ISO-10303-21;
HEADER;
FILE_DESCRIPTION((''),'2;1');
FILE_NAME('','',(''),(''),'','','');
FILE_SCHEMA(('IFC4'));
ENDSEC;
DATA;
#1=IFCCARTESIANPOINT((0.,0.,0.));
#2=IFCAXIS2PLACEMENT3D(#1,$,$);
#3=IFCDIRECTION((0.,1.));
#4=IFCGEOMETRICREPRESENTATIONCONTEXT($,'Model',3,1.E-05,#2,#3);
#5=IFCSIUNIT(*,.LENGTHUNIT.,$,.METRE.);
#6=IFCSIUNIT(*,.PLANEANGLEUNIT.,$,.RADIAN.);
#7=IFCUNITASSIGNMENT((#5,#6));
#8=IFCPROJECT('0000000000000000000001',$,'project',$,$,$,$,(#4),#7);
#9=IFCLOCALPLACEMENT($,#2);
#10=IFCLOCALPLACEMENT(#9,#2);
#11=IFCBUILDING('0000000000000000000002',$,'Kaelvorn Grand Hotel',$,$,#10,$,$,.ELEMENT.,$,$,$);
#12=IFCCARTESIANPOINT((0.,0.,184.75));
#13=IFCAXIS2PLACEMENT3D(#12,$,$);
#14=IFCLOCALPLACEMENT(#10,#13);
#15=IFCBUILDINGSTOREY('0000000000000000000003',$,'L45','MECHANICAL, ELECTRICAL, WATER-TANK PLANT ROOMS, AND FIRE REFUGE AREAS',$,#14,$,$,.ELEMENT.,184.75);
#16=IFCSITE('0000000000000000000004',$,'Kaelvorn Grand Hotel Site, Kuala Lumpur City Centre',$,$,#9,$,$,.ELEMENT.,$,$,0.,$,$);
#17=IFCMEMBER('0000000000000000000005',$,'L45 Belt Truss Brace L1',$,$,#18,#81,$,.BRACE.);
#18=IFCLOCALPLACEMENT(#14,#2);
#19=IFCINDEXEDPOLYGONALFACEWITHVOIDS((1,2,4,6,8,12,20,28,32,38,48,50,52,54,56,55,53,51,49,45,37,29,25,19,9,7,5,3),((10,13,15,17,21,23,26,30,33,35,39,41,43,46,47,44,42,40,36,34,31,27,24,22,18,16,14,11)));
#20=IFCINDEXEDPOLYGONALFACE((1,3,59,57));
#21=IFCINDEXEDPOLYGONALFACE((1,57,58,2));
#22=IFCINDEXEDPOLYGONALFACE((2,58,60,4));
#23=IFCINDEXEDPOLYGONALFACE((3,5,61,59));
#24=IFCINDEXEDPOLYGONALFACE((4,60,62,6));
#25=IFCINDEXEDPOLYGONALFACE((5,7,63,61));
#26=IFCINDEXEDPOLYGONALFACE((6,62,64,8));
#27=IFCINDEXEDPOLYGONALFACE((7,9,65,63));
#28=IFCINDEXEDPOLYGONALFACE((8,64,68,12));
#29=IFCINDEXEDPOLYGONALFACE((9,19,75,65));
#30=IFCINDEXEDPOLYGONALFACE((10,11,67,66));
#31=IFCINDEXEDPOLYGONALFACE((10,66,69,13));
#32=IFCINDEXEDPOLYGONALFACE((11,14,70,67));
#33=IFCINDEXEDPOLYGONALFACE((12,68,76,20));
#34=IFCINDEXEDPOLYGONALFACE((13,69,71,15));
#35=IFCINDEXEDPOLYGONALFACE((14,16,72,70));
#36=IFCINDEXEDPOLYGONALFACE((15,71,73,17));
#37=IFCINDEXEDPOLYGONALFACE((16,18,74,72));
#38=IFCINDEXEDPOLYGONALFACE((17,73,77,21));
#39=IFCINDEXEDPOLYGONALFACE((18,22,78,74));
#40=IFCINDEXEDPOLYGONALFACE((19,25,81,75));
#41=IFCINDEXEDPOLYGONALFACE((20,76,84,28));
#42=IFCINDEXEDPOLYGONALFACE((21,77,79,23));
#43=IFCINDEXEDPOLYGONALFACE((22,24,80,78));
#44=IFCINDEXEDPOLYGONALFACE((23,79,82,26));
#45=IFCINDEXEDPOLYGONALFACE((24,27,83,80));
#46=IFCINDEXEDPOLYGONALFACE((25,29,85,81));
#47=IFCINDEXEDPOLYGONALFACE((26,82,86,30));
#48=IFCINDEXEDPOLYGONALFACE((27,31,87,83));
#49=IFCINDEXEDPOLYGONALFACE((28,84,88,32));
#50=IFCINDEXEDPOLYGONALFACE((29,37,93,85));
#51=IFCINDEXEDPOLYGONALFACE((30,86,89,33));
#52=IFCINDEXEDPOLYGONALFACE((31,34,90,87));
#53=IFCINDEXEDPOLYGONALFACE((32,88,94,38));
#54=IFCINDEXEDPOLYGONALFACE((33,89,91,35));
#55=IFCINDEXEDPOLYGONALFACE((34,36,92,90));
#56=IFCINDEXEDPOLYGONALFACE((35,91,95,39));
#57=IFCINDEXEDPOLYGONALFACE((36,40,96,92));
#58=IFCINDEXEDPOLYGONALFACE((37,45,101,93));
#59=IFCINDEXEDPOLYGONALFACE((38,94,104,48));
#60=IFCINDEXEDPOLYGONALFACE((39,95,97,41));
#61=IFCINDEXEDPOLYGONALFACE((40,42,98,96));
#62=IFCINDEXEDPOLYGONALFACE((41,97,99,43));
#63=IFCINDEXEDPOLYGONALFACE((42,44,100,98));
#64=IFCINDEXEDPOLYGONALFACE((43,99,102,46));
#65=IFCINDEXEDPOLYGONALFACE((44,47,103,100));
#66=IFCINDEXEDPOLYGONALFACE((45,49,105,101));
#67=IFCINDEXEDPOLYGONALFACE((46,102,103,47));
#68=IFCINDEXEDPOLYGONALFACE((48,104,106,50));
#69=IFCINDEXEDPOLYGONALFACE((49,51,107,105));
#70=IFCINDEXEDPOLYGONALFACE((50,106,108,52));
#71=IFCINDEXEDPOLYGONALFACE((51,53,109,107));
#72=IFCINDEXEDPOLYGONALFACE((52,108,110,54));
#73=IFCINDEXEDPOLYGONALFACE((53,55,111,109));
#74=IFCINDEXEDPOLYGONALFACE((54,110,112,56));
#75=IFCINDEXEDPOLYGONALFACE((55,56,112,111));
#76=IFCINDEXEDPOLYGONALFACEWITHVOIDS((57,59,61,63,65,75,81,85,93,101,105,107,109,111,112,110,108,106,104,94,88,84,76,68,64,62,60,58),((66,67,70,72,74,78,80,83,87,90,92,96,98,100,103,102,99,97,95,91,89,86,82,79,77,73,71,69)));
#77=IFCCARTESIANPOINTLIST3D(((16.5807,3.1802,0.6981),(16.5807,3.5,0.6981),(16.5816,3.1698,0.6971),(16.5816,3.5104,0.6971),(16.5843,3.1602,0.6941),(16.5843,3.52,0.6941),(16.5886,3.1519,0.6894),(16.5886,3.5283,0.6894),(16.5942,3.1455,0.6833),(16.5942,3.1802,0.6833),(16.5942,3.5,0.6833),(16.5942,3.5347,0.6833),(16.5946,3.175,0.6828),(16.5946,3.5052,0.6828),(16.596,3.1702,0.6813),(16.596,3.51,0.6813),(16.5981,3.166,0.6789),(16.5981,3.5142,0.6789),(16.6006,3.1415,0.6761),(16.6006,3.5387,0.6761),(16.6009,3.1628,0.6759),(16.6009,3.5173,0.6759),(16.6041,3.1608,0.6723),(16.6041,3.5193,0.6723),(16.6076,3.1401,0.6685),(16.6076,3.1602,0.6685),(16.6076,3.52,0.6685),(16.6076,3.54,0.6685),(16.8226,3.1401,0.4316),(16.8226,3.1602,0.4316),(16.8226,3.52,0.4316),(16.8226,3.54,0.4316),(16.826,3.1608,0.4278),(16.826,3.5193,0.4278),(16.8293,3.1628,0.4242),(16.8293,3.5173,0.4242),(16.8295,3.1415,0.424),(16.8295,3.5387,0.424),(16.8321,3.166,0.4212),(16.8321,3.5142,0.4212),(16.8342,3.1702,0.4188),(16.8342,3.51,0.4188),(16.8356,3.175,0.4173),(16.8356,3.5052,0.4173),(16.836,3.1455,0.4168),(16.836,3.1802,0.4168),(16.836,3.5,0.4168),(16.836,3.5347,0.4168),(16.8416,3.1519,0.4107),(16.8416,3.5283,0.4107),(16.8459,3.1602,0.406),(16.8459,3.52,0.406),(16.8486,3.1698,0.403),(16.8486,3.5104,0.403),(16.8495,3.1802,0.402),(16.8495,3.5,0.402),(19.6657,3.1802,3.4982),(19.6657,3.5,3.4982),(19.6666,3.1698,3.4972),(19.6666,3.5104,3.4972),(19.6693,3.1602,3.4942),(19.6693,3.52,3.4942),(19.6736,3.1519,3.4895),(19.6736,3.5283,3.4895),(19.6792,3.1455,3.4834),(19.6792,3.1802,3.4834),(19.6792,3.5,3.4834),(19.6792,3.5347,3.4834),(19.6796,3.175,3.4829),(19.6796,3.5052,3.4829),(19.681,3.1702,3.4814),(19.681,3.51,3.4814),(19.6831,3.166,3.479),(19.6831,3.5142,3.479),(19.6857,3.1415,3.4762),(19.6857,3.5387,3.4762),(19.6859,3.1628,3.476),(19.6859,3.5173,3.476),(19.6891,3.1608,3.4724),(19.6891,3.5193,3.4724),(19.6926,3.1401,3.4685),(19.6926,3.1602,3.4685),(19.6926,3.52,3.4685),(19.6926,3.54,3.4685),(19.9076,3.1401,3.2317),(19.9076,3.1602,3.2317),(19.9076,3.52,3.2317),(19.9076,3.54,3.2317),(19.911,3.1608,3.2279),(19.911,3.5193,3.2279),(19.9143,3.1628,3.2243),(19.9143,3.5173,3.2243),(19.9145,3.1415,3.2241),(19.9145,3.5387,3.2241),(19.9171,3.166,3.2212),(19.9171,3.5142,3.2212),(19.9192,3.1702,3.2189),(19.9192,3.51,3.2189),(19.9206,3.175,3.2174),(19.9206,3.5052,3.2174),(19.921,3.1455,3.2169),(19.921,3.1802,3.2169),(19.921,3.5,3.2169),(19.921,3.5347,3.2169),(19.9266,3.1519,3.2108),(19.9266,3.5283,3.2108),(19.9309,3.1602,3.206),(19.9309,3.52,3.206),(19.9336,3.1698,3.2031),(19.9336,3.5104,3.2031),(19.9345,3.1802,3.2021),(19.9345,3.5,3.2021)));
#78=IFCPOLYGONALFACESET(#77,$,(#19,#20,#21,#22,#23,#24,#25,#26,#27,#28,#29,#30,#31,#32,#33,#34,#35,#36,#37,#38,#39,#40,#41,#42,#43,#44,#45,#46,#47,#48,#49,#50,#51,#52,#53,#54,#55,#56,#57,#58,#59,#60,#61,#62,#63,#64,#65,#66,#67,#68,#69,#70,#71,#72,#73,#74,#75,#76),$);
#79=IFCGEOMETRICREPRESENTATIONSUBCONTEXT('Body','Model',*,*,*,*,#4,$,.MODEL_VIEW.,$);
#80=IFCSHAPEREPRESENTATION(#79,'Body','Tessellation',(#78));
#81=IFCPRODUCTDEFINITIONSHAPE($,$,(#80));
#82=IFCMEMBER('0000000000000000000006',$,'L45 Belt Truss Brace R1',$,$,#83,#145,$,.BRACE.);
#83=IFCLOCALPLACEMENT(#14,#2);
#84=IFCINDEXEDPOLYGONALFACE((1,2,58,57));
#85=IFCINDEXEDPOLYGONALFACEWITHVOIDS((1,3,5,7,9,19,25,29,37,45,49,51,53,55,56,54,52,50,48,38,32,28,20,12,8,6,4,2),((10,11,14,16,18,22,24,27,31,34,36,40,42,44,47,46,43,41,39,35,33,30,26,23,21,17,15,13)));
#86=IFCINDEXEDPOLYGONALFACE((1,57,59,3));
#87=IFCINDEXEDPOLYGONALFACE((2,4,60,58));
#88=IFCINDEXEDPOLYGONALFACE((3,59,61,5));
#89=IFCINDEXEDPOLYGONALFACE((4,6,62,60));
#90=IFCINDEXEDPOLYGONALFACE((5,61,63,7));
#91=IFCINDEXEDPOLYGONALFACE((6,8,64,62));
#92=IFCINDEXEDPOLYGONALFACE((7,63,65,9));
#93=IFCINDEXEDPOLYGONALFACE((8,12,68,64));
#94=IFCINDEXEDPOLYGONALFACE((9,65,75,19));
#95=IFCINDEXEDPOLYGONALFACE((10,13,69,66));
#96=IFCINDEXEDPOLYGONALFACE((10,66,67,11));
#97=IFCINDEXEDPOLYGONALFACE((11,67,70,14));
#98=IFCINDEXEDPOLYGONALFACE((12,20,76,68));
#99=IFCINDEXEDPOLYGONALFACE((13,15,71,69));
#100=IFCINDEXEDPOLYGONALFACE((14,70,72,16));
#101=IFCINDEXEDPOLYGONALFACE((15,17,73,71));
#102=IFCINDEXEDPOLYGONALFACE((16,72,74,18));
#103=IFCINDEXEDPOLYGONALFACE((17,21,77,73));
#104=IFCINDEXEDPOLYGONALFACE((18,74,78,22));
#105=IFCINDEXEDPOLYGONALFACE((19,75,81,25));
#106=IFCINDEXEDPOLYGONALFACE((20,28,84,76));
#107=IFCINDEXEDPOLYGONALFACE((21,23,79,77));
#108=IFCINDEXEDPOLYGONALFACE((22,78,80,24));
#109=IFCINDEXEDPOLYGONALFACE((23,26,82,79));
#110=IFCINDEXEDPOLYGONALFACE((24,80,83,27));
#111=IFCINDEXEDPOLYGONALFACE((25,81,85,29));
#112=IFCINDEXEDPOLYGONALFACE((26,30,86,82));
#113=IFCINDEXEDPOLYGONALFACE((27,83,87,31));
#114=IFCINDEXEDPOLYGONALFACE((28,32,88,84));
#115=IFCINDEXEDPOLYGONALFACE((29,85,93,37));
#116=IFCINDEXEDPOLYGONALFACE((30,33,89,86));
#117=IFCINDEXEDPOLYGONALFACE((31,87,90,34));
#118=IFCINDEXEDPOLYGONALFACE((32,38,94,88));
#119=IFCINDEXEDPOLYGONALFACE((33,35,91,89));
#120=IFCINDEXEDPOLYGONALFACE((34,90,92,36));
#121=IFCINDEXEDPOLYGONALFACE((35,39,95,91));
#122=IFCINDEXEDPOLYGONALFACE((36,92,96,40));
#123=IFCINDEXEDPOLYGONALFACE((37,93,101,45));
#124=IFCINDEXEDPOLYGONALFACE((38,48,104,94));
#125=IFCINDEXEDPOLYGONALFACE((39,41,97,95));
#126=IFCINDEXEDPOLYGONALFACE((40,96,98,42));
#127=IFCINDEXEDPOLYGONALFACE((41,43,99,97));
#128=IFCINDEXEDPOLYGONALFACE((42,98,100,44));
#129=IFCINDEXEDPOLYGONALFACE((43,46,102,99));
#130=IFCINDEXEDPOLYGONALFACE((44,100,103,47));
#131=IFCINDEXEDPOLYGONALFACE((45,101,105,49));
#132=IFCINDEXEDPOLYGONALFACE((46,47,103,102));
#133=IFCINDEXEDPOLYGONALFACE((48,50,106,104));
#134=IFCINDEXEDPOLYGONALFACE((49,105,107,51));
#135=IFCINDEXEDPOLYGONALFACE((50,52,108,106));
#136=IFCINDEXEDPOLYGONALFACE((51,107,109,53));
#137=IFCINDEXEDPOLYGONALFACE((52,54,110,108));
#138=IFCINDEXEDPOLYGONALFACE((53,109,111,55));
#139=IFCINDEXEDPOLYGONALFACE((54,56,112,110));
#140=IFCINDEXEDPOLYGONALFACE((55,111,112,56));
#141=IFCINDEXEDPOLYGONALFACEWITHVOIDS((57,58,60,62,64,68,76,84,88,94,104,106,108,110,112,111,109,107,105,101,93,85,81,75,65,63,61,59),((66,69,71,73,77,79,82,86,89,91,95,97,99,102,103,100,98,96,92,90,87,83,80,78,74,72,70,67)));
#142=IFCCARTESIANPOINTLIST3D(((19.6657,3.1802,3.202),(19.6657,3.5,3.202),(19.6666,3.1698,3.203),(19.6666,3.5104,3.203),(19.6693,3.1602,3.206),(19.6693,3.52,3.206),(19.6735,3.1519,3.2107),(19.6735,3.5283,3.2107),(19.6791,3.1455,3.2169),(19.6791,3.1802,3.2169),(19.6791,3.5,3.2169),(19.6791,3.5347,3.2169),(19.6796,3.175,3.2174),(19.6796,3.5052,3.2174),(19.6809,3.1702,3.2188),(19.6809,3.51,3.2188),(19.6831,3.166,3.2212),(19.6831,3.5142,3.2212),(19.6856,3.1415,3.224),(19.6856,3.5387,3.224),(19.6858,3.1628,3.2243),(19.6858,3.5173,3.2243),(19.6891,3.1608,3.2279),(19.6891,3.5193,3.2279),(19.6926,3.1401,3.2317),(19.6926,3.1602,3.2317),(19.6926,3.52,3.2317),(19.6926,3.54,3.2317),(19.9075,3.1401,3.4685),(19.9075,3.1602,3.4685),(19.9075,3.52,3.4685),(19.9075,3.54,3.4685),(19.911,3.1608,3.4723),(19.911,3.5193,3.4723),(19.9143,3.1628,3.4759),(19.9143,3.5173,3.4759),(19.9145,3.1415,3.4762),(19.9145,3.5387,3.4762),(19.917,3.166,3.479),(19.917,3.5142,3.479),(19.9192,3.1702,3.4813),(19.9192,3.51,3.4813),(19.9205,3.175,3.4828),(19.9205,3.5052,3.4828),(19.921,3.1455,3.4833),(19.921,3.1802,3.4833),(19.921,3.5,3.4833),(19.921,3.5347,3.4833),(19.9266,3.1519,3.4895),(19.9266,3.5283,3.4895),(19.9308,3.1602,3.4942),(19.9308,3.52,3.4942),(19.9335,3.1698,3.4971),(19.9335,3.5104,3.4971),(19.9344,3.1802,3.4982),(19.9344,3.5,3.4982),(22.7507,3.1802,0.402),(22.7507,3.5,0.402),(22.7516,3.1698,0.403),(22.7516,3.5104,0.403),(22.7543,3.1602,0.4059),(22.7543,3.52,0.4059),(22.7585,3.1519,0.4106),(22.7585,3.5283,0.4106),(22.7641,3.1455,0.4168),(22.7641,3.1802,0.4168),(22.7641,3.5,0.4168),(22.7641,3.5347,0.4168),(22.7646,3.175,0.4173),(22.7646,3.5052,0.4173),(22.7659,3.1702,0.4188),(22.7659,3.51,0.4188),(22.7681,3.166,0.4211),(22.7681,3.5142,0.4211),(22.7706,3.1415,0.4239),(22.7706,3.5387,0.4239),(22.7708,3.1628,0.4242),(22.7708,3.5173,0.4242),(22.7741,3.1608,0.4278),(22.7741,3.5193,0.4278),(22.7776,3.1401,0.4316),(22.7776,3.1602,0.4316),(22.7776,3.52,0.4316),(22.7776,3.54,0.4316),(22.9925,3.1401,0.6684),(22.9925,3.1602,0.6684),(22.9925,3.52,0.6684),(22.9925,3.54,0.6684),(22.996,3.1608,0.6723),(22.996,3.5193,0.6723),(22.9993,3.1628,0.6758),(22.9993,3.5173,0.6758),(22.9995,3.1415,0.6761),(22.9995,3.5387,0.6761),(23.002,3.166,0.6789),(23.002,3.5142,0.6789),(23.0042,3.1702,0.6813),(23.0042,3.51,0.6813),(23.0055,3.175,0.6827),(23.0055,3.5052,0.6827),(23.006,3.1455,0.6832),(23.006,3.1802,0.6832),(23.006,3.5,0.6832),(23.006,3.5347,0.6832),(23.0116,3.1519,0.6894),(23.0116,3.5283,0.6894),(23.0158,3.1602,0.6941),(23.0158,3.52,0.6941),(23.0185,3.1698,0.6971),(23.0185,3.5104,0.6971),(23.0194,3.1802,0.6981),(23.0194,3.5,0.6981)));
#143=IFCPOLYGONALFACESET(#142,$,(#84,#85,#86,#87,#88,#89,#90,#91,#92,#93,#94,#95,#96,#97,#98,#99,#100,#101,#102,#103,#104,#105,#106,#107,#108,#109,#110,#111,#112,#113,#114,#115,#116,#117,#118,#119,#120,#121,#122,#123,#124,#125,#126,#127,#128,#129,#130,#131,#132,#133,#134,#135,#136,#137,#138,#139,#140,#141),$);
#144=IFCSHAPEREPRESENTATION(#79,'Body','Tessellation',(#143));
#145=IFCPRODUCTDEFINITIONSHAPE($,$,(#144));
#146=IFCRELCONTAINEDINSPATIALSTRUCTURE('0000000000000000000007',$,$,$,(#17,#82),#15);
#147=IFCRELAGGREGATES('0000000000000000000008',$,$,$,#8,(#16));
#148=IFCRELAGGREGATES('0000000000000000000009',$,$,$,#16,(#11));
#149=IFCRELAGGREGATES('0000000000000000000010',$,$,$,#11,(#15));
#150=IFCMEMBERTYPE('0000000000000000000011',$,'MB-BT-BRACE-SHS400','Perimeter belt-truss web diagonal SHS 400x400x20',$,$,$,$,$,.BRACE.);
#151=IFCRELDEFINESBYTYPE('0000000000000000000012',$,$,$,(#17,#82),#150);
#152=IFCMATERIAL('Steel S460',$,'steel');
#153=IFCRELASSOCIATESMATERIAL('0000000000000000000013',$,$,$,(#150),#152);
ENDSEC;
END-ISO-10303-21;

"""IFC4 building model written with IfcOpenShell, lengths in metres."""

from ifc_helpers import new_model, si_unit, direction, frame, origin, origin_2d, place, context, subcontext, project, spatial, hollow_rectangle, extrude, material, material_profile, profile_set, type_object, element, save


model = new_model("IFC4")

# Units and contexts
model_context = context("Model", 3, precision=1e-05, world=origin(), true_north=direction((0.0, 1.0)))
body_context = subcontext(model_context, "Body", "Model", "MODEL_VIEW")
ifc_project = project(units=[si_unit("LENGTHUNIT", "METRE"), si_unit("PLANEANGLEUNIT", "RADIAN")], contexts=[model_context])

# Site, building, storey
site_placement = place(None, origin())
site = spatial("IfcSite", under=ifc_project, at=site_placement, Name="Kaelvorn Grand Hotel Site, Kuala Lumpur City Centre", CompositionType="ELEMENT", RefElevation=0.0)
building_placement = place(site_placement, origin())
building = spatial("IfcBuilding", under=site, at=building_placement, Name="Kaelvorn Grand Hotel", CompositionType="ELEMENT")
storey_placement = place(building_placement, frame((0.0, 0.0, 184.75)))
storey = spatial("IfcBuildingStorey", under=building, at=storey_placement, Name="L45", Description="MECHANICAL, ELECTRICAL, WATER-TANK PLANT ROOMS, AND FIRE REFUGE AREAS", CompositionType="ELEMENT", Elevation=184.75)

# Shared definitions
ifc_material_1 = material(Name="Steel S460", Category="steel")

# Members
ifc_material_profile_1 = material_profile(ifc_material_1, hollow_rectangle(XDim=0.3999, YDim=0.3999, WallThickness=0.02, InnerFilletRadius=0.02, OuterFilletRadius=0.04, at=origin_2d()), Name="SHS 400x400x20.0")
ifc_profile_set_1 = profile_set([ifc_material_profile_1], Name="Steel S460")
member_type_1 = type_object("IfcMemberType", Name="MB-BT-BRACE-SHS400", Description="Perimeter belt-truss web diagonal SHS 400x400x20", PredefinedType="BRACE", material=ifc_profile_set_1)
for number, where, z_axis, x_axis, name in (
    (1, (16.7151, 3.3401, 0.55), (0.740473, 0.0, 0.672086), (0.0, 1.0, 0.0), "L45 Belt Truss Brace L1"),
    (2, (19.8, 3.3401, 3.3501), (0.740473, 0.0, -0.672086), (0.0, 1.0, 0.0), "L45 Belt Truss Brace R1"),
):
    element("IfcMember", number, at=place(storey_placement, frame(where, z_axis=z_axis, x_axis=x_axis)), inside=storey, type_object=member_type_1, Name=name, PredefinedType="BRACE", context=body_context, shape_type="SweptSolid", body=[
        extrude(hollow_rectangle(XDim=0.3999, YDim=0.3999, WallThickness=0.02, InnerFilletRadius=0.02, OuterFilletRadius=0.04, at=origin_2d()), origin(), (0.0, 0.0, 1.0), 4.1663),
    ])

save(model, "model.ifc")
